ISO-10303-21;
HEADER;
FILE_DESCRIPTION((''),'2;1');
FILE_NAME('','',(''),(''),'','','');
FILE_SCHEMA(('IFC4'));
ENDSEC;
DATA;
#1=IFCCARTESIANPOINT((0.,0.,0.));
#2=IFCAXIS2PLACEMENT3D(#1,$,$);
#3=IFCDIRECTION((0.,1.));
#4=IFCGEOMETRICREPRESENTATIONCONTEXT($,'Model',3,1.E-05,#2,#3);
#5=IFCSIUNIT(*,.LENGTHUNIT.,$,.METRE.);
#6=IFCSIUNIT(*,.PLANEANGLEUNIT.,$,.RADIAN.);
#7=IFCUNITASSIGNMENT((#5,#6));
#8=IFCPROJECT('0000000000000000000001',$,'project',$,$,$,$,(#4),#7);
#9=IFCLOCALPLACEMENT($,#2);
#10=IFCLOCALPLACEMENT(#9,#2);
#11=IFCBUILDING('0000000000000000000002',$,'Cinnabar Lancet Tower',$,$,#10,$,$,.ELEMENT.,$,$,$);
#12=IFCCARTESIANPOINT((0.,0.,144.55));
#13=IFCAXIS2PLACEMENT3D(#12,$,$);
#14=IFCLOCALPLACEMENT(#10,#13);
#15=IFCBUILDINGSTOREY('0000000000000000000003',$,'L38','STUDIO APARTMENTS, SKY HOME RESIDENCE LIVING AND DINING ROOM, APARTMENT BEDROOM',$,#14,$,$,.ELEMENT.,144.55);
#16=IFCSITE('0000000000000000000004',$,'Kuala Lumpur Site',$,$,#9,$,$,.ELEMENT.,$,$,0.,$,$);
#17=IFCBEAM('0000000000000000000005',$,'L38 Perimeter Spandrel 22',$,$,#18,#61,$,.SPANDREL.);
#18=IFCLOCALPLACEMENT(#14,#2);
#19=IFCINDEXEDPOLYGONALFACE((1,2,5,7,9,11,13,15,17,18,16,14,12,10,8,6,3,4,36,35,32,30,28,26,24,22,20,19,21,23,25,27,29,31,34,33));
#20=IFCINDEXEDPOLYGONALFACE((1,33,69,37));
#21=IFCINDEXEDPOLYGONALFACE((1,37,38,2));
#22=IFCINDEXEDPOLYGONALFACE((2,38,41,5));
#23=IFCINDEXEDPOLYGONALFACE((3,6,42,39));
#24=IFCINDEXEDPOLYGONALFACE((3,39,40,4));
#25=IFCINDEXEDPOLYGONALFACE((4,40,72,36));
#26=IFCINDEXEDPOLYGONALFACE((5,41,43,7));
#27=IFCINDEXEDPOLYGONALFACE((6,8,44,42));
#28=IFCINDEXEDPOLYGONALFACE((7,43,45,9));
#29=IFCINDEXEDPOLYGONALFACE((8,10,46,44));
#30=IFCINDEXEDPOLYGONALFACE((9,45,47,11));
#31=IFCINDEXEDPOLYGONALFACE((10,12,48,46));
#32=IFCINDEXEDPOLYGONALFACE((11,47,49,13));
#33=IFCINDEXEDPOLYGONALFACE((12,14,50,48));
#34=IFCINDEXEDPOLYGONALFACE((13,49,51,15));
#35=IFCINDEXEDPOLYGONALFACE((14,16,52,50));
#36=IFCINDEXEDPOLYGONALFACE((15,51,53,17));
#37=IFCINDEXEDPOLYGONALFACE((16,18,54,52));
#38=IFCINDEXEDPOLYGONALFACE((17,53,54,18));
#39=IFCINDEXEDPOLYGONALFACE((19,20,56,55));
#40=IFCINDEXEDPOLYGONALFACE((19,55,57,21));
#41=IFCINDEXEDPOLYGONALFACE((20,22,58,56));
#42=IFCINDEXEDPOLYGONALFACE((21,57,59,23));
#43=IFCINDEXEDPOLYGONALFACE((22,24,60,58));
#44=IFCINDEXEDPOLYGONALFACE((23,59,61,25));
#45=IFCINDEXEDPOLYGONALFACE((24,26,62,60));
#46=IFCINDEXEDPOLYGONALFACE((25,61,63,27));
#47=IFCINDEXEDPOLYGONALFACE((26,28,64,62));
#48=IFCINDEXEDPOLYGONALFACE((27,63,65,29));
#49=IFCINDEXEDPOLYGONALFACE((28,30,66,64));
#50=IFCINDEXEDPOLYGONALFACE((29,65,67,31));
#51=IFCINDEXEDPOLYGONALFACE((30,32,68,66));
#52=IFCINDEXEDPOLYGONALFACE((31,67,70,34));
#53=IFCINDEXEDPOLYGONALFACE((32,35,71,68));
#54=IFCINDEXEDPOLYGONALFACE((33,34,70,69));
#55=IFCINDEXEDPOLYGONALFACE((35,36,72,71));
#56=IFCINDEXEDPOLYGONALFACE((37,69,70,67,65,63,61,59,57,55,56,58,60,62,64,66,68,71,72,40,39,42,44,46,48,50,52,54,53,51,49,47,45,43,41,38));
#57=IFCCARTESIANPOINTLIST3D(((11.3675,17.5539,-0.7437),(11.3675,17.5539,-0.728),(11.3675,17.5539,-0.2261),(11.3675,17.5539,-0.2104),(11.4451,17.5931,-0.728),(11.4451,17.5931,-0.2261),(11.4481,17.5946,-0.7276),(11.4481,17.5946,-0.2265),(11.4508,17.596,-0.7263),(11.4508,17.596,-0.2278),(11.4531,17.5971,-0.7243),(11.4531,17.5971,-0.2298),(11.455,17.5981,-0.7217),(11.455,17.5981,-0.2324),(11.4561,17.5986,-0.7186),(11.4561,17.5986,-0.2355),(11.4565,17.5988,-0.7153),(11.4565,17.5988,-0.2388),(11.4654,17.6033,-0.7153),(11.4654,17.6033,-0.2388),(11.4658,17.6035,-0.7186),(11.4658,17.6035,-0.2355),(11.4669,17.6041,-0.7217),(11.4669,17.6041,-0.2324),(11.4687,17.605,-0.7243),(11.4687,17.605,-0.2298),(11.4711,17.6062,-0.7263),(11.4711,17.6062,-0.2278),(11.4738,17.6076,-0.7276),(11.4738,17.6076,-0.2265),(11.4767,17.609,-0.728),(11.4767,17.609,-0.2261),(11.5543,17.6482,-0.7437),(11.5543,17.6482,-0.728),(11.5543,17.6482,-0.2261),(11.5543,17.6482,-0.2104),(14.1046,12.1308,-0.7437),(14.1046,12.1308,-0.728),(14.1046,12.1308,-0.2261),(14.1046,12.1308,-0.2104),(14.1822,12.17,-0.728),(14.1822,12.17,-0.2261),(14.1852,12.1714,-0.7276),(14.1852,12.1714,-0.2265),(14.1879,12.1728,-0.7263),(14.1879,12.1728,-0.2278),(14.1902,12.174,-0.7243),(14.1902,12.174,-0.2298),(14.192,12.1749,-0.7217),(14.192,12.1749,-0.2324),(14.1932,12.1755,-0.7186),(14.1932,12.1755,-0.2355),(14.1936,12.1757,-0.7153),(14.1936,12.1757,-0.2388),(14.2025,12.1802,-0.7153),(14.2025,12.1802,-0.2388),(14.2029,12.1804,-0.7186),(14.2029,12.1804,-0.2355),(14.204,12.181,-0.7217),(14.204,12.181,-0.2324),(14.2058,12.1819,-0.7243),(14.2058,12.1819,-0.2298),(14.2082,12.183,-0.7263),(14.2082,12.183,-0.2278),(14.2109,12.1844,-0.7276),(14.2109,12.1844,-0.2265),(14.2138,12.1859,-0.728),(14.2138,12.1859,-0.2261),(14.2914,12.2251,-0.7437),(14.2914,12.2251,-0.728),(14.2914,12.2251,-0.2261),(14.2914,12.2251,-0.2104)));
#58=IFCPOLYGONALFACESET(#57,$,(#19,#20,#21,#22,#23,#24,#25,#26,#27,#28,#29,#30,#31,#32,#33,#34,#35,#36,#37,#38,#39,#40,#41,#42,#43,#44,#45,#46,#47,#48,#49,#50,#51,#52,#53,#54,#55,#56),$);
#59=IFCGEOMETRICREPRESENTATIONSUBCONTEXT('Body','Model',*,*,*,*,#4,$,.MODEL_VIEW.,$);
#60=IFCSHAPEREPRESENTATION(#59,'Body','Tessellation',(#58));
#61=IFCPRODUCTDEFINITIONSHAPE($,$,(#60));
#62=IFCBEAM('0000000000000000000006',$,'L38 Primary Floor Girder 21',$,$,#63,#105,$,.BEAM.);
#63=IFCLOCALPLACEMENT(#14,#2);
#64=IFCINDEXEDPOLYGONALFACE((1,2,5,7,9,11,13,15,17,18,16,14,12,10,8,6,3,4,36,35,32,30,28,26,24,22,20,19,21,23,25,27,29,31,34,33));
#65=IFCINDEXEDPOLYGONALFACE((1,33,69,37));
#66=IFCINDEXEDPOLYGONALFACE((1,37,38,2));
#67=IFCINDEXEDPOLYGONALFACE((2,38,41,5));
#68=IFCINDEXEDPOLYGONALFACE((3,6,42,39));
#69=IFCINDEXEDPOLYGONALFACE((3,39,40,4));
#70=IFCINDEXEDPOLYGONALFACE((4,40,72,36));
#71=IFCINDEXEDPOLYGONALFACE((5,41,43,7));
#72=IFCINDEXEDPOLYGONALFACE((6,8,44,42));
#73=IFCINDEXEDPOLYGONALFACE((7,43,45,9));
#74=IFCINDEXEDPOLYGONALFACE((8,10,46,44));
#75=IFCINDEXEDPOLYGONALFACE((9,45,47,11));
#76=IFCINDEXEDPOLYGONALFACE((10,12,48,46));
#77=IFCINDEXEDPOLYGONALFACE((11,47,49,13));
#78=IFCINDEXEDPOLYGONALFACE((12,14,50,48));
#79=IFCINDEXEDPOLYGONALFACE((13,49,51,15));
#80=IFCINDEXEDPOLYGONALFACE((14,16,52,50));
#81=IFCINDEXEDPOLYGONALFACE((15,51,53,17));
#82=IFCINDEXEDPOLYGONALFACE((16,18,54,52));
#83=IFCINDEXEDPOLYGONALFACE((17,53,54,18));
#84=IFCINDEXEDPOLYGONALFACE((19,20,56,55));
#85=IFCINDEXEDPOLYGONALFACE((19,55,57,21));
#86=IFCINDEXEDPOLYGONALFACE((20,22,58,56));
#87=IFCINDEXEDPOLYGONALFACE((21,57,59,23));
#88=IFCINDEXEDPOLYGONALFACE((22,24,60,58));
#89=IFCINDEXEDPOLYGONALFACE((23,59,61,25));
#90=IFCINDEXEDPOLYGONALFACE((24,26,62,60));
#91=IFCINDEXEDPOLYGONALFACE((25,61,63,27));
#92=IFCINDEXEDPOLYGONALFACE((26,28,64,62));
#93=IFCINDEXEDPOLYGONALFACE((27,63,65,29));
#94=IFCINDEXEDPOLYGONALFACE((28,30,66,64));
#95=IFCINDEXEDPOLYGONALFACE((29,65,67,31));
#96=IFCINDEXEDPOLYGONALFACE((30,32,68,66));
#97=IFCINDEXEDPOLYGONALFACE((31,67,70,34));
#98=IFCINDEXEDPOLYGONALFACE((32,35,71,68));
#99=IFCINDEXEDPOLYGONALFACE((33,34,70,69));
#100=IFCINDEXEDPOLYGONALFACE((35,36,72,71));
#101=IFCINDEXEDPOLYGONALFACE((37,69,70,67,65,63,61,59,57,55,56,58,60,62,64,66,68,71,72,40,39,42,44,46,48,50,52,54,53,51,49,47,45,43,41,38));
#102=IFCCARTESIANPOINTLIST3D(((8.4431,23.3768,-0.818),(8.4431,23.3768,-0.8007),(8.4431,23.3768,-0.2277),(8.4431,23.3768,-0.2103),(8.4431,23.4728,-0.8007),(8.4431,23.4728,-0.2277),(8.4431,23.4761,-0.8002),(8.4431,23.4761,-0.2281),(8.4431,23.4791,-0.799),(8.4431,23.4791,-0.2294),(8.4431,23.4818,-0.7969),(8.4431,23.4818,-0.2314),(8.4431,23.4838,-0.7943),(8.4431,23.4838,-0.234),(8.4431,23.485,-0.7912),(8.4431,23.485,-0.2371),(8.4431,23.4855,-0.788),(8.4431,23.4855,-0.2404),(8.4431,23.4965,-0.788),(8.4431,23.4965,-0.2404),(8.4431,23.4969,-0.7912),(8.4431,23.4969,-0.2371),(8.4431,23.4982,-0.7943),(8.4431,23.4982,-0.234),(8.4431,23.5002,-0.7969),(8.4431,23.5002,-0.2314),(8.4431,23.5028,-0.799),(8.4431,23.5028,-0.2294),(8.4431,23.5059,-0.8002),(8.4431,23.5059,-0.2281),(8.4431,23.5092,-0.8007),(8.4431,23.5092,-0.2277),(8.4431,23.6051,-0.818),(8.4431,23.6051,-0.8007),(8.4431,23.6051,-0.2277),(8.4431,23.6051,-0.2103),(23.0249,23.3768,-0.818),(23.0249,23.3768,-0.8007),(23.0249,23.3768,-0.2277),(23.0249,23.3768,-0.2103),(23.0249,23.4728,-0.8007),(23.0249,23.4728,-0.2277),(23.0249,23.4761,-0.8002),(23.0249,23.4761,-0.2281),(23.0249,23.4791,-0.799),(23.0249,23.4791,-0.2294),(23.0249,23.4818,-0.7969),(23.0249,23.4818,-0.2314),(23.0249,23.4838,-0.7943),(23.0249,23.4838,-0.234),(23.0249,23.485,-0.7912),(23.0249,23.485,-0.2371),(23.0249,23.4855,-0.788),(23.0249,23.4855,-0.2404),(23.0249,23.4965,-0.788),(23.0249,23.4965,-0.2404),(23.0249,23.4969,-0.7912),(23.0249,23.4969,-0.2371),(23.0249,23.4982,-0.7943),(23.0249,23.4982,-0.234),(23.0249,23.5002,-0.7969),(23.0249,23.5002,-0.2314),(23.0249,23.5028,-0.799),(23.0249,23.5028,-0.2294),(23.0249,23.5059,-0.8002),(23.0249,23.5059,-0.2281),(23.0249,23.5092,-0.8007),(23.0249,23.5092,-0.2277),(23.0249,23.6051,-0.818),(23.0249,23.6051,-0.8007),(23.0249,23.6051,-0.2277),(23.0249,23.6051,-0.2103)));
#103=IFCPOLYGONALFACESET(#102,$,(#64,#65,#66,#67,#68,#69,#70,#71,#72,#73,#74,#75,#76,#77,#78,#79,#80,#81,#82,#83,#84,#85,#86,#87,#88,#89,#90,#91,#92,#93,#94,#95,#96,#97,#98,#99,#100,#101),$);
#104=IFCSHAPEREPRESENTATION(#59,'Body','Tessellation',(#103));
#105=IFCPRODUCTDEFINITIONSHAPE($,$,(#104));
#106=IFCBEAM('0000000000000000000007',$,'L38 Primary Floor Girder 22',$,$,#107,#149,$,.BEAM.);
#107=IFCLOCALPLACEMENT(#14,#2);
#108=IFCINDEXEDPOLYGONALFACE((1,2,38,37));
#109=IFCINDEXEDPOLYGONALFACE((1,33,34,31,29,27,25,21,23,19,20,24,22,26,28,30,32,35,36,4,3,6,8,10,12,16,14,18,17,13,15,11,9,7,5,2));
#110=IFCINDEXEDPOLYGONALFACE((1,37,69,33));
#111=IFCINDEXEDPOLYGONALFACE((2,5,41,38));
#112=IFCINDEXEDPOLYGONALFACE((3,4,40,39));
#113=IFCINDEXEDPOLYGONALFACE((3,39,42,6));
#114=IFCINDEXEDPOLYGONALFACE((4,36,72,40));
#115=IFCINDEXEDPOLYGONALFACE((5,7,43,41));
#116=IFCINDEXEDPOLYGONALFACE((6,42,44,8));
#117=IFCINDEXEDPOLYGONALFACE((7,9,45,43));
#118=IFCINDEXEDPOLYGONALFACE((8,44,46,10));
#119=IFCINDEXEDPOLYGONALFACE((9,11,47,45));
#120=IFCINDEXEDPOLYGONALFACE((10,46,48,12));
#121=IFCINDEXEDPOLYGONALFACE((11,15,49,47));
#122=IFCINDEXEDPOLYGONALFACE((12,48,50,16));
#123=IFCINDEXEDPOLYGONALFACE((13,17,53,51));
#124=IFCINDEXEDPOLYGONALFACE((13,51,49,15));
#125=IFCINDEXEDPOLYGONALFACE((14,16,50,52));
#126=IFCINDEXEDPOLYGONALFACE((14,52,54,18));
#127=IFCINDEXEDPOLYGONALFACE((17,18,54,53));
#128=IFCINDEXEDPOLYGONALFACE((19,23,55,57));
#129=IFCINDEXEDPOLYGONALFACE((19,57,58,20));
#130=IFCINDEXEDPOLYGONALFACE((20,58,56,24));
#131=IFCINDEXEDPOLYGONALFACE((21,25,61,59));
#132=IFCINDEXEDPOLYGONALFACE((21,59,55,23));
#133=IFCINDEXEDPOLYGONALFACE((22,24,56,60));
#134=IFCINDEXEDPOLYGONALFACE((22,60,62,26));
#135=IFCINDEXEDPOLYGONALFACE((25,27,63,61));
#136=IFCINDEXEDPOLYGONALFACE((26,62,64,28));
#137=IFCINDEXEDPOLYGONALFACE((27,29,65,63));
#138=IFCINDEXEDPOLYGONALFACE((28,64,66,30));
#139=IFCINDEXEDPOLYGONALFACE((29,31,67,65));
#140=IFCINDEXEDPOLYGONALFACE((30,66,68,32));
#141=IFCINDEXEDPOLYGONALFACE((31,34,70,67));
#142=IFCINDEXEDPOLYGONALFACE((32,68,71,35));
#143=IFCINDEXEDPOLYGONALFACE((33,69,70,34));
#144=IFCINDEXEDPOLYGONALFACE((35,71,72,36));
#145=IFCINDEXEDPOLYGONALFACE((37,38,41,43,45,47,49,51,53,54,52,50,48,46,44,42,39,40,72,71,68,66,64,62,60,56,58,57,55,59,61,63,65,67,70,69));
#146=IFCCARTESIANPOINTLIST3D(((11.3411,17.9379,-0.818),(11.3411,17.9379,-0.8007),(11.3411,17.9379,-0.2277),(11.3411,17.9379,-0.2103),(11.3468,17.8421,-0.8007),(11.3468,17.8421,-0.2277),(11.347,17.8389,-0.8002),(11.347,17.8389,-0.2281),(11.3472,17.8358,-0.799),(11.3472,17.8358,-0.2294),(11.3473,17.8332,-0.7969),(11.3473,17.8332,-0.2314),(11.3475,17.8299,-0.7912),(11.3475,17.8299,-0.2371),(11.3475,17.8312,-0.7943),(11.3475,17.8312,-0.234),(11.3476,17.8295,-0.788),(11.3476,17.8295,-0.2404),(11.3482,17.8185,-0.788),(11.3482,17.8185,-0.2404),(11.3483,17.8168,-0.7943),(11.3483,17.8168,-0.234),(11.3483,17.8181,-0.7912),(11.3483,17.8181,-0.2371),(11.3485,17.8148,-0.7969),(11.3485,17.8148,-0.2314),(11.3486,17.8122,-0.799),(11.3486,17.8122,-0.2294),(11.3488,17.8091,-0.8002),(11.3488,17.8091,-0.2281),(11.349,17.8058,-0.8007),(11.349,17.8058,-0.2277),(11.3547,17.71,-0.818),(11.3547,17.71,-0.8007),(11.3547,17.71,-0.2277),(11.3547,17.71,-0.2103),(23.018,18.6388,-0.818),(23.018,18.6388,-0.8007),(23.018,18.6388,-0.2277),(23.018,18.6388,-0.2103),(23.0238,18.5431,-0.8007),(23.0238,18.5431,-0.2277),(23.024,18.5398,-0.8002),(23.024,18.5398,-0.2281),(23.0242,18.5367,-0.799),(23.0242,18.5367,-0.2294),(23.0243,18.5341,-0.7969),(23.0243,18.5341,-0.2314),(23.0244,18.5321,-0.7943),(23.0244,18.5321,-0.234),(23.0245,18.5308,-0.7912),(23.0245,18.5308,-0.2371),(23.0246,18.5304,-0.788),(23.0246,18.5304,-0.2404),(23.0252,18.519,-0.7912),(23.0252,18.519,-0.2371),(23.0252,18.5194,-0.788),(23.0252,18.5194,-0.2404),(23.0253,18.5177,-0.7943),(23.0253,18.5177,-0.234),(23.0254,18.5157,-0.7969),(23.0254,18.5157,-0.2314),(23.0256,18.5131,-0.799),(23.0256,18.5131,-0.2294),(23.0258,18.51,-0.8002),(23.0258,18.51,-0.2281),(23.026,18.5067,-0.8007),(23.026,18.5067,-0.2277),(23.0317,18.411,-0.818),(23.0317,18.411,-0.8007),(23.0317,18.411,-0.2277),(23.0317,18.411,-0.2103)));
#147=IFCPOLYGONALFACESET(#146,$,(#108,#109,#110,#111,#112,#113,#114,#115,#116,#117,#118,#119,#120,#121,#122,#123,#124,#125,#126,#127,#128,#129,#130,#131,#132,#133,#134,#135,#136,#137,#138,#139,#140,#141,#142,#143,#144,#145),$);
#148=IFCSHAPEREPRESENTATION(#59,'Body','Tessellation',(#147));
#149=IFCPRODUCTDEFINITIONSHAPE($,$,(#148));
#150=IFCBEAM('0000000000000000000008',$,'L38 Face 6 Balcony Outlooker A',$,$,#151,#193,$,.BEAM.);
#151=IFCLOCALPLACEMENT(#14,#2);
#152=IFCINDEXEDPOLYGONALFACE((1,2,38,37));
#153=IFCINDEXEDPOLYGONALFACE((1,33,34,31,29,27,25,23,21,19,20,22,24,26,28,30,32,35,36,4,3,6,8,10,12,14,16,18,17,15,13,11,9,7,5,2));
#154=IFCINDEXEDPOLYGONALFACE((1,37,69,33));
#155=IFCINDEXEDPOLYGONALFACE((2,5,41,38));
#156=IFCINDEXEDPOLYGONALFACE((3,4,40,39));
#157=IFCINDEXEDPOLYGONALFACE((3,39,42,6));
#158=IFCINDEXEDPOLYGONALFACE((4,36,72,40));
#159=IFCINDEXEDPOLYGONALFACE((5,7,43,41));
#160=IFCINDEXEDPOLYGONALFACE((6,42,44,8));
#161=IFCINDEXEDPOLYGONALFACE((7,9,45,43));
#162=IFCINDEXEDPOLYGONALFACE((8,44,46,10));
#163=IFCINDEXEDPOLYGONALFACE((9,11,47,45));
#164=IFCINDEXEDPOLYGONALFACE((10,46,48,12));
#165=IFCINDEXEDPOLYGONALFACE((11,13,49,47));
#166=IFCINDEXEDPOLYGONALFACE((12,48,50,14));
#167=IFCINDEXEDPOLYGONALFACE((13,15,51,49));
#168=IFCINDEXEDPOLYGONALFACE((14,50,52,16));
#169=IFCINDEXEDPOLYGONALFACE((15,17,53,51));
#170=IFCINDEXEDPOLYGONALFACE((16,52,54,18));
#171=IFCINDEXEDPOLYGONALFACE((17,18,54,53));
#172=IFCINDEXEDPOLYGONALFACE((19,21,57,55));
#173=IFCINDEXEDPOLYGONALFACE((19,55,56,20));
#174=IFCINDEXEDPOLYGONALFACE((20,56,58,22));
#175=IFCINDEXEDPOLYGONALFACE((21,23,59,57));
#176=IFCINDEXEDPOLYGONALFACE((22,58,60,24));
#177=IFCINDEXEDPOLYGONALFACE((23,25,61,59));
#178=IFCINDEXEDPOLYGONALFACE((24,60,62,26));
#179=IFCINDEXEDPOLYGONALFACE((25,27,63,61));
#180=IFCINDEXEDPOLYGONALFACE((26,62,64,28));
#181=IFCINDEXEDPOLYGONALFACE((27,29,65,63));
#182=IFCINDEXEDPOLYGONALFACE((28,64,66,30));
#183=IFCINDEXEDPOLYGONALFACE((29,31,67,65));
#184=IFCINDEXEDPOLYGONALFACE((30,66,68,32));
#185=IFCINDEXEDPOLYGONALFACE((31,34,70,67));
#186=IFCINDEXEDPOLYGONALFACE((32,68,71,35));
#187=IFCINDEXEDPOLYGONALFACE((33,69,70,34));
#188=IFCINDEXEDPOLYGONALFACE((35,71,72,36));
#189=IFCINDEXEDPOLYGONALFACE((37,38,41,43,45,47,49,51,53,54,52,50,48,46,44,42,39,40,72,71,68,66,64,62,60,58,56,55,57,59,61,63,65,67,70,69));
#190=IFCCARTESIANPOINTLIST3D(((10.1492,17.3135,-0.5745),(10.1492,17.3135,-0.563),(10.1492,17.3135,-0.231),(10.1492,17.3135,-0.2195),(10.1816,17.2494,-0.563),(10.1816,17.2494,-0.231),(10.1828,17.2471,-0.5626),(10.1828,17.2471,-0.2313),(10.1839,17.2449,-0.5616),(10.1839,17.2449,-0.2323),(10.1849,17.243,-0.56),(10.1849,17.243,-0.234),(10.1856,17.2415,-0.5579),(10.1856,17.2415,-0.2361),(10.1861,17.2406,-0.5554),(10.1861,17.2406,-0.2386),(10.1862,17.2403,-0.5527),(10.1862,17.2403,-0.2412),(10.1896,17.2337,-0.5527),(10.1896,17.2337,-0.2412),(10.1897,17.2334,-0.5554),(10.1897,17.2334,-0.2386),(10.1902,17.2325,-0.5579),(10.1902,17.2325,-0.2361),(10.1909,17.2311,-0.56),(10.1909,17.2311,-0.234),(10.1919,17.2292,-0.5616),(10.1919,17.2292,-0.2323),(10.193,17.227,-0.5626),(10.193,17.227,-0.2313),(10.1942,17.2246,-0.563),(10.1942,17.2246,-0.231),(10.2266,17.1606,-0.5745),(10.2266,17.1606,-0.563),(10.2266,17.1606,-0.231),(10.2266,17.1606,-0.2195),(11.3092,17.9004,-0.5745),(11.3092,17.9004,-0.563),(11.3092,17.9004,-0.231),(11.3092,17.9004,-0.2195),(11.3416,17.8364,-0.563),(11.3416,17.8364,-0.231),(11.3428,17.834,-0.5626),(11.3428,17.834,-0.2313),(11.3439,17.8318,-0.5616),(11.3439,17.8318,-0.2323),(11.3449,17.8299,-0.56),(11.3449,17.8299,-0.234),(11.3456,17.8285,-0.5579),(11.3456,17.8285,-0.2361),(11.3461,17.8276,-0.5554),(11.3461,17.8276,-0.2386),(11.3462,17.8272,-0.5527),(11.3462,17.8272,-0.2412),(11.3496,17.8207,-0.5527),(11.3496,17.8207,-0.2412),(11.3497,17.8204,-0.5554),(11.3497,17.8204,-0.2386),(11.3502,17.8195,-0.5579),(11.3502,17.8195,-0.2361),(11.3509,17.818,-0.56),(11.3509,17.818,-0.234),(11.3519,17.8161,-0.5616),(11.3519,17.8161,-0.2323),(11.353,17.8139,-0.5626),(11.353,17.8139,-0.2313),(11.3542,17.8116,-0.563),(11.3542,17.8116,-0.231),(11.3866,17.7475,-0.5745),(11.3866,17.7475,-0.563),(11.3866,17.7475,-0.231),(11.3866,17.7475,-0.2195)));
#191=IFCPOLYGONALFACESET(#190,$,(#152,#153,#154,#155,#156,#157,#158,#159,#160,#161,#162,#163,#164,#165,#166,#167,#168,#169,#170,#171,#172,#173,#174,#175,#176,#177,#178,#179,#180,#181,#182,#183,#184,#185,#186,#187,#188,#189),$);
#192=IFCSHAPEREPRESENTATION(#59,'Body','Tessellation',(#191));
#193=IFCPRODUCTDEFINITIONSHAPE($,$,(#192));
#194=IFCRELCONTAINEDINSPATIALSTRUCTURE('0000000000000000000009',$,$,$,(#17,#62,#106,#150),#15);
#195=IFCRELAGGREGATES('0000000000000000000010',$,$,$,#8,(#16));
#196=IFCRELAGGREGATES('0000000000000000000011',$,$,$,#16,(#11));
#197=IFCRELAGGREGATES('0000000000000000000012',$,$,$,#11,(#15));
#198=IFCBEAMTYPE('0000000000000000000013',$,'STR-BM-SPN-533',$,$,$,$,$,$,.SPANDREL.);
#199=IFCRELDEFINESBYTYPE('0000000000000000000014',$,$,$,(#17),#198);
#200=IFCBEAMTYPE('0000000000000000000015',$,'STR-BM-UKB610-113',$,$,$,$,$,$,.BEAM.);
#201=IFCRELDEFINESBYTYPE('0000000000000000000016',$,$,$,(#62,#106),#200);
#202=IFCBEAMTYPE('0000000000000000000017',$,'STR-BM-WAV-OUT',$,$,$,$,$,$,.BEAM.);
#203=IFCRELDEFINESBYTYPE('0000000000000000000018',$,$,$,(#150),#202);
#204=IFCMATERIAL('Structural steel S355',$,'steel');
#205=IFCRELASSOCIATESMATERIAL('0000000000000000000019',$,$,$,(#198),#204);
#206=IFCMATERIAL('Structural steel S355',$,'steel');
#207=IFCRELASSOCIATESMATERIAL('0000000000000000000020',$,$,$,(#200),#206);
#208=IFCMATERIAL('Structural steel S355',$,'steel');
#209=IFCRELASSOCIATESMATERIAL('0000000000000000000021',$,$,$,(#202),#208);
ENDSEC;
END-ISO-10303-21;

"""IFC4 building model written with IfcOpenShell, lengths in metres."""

from ifc_helpers import new_model, si_unit, direction, frame, origin, origin_2d, place, context, subcontext, project, spatial, i_section, extrude, material, material_profile, profile_set, type_object, element, save


model = new_model("IFC4")

# Units and contexts
model_context = context("Model", 3, precision=1e-05, world=origin(), true_north=direction((0.0, 1.0)))
body_context = subcontext(model_context, "Body", "Model", "MODEL_VIEW")
ifc_project = project(units=[si_unit("LENGTHUNIT", "METRE"), si_unit("PLANEANGLEUNIT", "RADIAN")], contexts=[model_context])

# Site, building, storey
site_placement = place(None, origin())
site = spatial("IfcSite", under=ifc_project, at=site_placement, Name="Kuala Lumpur Site", CompositionType="ELEMENT", RefElevation=0.0)
building_placement = place(site_placement, origin())
building = spatial("IfcBuilding", under=site, at=building_placement, Name="Cinnabar Lancet Tower", CompositionType="ELEMENT")
storey_placement = place(building_placement, frame((0.0, 0.0, 144.55)))
storey = spatial("IfcBuildingStorey", under=building, at=storey_placement, Name="L38", Description="STUDIO APARTMENTS, SKY HOME RESIDENCE LIVING AND DINING ROOM, APARTMENT BEDROOM", CompositionType="ELEMENT", Elevation=144.55)

# Beams
ifc_material_1 = material(Name="Structural steel S355", Category="steel")
ifc_material_profile_1 = material_profile(ifc_material_1, i_section(OverallWidth=0.2092, OverallDepth=0.5332, WebThickness=0.01, FlangeThickness=0.0156, FilletRadius=0.0127, at=origin_2d()), Name="UKB 533x210x92")
ifc_profile_set_1 = profile_set([ifc_material_profile_1], Name="Structural steel S355")
beam_type_1 = type_object("IfcBeamType", Name="STR-BM-SPN-533", PredefinedType="SPANDREL", material=ifc_profile_set_1)
beam_1_placement = place(storey_placement, frame((11.4609, 17.6011, -0.4771), z_axis=(0.45057, -0.892741, 0.0), x_axis=(0.892741, 0.45057, 0.0)))
element("IfcBeam", 1, at=beam_1_placement, inside=storey, type_object=beam_type_1, Name="L38 Perimeter Spandrel 22", PredefinedType="SPANDREL", context=body_context, shape_type="SweptSolid", body=[
    extrude(i_section(OverallWidth=0.2092, OverallDepth=0.5332, WebThickness=0.01, FlangeThickness=0.0156, FilletRadius=0.0127, at=origin_2d()), origin(), (0.0, 0.0, 1.0), 6.0747),
])
ifc_material_2 = material(Name="Structural steel S355", Category="steel")
ifc_material_profile_2 = material_profile(ifc_material_2, i_section(OverallWidth=0.2283, OverallDepth=0.6077, WebThickness=0.011, FlangeThickness=0.0173, FilletRadius=0.0127, at=origin_2d()), Name="UKB 610x229x113")
ifc_profile_set_2 = profile_set([ifc_material_profile_2], Name="Structural steel S355")
beam_type_2 = type_object("IfcBeamType", Name="STR-BM-UKB610-113", PredefinedType="BEAM", material=ifc_profile_set_2)
beam_2_placement = place(storey_placement, frame((8.4431, 23.491, -0.5142), z_axis=(1.0, 0.0, 0.0), x_axis=(0.0, 1.0, 0.0)))
element("IfcBeam", 2, at=beam_2_placement, inside=storey, type_object=beam_type_2, Name="L38 Primary Floor Girder 21", PredefinedType="BEAM", context=body_context, shape_type="SweptSolid", body=[
    extrude(i_section(OverallWidth=0.2283, OverallDepth=0.6077, WebThickness=0.011, FlangeThickness=0.0173, FilletRadius=0.0127, at=origin_2d()), origin(), (0.0, 0.0, 1.0), 14.5818),
])
beam_3_placement = place(storey_placement, frame((11.3479, 17.824, -0.5142), z_axis=(0.998203, 0.059918, 0.0), x_axis=(-0.059918, 0.998203, 0.0)))
element("IfcBeam", 3, at=beam_3_placement, inside=storey, type_object=beam_type_2, Name="L38 Primary Floor Girder 22", PredefinedType="BEAM", context=body_context, shape_type="SweptSolid", body=[
    extrude(i_section(OverallWidth=0.2283, OverallDepth=0.6077, WebThickness=0.011, FlangeThickness=0.0173, FilletRadius=0.0127, at=origin_2d()), origin(), (0.0, 0.0, 1.0), 11.698),
])
ifc_material_3 = material(Name="Structural steel S355", Category="steel")
ifc_material_profile_3 = material_profile(ifc_material_3, i_section(OverallWidth=0.1714, OverallDepth=0.355, WebThickness=0.0073, FlangeThickness=0.0115, FilletRadius=0.0103, at=origin_2d()), Name="UKB 356x171x51")
ifc_profile_set_3 = profile_set([ifc_material_profile_3], Name="Structural steel S355")
beam_type_3 = type_object("IfcBeamType", Name="STR-BM-WAV-OUT", PredefinedType="BEAM", material=ifc_profile_set_3)
beam_4_placement = place(storey_placement, frame((11.3479, 17.824, -0.397), z_axis=(-0.892276, -0.45149, 0.0), x_axis=(0.45149, -0.892276, 0.0)))
element("IfcBeam", 4, at=beam_4_placement, inside=storey, type_object=beam_type_3, Name="L38 Face 6 Balcony Outlooker A", PredefinedType="BEAM", context=body_context, shape_type="SweptSolid", body=[
    extrude(i_section(OverallWidth=0.1714, OverallDepth=0.355, WebThickness=0.0073, FlangeThickness=0.0115, FilletRadius=0.0103, at=origin_2d()), origin(), (0.0, 0.0, 1.0), 1.3),
])

save(model, "model.ifc")
